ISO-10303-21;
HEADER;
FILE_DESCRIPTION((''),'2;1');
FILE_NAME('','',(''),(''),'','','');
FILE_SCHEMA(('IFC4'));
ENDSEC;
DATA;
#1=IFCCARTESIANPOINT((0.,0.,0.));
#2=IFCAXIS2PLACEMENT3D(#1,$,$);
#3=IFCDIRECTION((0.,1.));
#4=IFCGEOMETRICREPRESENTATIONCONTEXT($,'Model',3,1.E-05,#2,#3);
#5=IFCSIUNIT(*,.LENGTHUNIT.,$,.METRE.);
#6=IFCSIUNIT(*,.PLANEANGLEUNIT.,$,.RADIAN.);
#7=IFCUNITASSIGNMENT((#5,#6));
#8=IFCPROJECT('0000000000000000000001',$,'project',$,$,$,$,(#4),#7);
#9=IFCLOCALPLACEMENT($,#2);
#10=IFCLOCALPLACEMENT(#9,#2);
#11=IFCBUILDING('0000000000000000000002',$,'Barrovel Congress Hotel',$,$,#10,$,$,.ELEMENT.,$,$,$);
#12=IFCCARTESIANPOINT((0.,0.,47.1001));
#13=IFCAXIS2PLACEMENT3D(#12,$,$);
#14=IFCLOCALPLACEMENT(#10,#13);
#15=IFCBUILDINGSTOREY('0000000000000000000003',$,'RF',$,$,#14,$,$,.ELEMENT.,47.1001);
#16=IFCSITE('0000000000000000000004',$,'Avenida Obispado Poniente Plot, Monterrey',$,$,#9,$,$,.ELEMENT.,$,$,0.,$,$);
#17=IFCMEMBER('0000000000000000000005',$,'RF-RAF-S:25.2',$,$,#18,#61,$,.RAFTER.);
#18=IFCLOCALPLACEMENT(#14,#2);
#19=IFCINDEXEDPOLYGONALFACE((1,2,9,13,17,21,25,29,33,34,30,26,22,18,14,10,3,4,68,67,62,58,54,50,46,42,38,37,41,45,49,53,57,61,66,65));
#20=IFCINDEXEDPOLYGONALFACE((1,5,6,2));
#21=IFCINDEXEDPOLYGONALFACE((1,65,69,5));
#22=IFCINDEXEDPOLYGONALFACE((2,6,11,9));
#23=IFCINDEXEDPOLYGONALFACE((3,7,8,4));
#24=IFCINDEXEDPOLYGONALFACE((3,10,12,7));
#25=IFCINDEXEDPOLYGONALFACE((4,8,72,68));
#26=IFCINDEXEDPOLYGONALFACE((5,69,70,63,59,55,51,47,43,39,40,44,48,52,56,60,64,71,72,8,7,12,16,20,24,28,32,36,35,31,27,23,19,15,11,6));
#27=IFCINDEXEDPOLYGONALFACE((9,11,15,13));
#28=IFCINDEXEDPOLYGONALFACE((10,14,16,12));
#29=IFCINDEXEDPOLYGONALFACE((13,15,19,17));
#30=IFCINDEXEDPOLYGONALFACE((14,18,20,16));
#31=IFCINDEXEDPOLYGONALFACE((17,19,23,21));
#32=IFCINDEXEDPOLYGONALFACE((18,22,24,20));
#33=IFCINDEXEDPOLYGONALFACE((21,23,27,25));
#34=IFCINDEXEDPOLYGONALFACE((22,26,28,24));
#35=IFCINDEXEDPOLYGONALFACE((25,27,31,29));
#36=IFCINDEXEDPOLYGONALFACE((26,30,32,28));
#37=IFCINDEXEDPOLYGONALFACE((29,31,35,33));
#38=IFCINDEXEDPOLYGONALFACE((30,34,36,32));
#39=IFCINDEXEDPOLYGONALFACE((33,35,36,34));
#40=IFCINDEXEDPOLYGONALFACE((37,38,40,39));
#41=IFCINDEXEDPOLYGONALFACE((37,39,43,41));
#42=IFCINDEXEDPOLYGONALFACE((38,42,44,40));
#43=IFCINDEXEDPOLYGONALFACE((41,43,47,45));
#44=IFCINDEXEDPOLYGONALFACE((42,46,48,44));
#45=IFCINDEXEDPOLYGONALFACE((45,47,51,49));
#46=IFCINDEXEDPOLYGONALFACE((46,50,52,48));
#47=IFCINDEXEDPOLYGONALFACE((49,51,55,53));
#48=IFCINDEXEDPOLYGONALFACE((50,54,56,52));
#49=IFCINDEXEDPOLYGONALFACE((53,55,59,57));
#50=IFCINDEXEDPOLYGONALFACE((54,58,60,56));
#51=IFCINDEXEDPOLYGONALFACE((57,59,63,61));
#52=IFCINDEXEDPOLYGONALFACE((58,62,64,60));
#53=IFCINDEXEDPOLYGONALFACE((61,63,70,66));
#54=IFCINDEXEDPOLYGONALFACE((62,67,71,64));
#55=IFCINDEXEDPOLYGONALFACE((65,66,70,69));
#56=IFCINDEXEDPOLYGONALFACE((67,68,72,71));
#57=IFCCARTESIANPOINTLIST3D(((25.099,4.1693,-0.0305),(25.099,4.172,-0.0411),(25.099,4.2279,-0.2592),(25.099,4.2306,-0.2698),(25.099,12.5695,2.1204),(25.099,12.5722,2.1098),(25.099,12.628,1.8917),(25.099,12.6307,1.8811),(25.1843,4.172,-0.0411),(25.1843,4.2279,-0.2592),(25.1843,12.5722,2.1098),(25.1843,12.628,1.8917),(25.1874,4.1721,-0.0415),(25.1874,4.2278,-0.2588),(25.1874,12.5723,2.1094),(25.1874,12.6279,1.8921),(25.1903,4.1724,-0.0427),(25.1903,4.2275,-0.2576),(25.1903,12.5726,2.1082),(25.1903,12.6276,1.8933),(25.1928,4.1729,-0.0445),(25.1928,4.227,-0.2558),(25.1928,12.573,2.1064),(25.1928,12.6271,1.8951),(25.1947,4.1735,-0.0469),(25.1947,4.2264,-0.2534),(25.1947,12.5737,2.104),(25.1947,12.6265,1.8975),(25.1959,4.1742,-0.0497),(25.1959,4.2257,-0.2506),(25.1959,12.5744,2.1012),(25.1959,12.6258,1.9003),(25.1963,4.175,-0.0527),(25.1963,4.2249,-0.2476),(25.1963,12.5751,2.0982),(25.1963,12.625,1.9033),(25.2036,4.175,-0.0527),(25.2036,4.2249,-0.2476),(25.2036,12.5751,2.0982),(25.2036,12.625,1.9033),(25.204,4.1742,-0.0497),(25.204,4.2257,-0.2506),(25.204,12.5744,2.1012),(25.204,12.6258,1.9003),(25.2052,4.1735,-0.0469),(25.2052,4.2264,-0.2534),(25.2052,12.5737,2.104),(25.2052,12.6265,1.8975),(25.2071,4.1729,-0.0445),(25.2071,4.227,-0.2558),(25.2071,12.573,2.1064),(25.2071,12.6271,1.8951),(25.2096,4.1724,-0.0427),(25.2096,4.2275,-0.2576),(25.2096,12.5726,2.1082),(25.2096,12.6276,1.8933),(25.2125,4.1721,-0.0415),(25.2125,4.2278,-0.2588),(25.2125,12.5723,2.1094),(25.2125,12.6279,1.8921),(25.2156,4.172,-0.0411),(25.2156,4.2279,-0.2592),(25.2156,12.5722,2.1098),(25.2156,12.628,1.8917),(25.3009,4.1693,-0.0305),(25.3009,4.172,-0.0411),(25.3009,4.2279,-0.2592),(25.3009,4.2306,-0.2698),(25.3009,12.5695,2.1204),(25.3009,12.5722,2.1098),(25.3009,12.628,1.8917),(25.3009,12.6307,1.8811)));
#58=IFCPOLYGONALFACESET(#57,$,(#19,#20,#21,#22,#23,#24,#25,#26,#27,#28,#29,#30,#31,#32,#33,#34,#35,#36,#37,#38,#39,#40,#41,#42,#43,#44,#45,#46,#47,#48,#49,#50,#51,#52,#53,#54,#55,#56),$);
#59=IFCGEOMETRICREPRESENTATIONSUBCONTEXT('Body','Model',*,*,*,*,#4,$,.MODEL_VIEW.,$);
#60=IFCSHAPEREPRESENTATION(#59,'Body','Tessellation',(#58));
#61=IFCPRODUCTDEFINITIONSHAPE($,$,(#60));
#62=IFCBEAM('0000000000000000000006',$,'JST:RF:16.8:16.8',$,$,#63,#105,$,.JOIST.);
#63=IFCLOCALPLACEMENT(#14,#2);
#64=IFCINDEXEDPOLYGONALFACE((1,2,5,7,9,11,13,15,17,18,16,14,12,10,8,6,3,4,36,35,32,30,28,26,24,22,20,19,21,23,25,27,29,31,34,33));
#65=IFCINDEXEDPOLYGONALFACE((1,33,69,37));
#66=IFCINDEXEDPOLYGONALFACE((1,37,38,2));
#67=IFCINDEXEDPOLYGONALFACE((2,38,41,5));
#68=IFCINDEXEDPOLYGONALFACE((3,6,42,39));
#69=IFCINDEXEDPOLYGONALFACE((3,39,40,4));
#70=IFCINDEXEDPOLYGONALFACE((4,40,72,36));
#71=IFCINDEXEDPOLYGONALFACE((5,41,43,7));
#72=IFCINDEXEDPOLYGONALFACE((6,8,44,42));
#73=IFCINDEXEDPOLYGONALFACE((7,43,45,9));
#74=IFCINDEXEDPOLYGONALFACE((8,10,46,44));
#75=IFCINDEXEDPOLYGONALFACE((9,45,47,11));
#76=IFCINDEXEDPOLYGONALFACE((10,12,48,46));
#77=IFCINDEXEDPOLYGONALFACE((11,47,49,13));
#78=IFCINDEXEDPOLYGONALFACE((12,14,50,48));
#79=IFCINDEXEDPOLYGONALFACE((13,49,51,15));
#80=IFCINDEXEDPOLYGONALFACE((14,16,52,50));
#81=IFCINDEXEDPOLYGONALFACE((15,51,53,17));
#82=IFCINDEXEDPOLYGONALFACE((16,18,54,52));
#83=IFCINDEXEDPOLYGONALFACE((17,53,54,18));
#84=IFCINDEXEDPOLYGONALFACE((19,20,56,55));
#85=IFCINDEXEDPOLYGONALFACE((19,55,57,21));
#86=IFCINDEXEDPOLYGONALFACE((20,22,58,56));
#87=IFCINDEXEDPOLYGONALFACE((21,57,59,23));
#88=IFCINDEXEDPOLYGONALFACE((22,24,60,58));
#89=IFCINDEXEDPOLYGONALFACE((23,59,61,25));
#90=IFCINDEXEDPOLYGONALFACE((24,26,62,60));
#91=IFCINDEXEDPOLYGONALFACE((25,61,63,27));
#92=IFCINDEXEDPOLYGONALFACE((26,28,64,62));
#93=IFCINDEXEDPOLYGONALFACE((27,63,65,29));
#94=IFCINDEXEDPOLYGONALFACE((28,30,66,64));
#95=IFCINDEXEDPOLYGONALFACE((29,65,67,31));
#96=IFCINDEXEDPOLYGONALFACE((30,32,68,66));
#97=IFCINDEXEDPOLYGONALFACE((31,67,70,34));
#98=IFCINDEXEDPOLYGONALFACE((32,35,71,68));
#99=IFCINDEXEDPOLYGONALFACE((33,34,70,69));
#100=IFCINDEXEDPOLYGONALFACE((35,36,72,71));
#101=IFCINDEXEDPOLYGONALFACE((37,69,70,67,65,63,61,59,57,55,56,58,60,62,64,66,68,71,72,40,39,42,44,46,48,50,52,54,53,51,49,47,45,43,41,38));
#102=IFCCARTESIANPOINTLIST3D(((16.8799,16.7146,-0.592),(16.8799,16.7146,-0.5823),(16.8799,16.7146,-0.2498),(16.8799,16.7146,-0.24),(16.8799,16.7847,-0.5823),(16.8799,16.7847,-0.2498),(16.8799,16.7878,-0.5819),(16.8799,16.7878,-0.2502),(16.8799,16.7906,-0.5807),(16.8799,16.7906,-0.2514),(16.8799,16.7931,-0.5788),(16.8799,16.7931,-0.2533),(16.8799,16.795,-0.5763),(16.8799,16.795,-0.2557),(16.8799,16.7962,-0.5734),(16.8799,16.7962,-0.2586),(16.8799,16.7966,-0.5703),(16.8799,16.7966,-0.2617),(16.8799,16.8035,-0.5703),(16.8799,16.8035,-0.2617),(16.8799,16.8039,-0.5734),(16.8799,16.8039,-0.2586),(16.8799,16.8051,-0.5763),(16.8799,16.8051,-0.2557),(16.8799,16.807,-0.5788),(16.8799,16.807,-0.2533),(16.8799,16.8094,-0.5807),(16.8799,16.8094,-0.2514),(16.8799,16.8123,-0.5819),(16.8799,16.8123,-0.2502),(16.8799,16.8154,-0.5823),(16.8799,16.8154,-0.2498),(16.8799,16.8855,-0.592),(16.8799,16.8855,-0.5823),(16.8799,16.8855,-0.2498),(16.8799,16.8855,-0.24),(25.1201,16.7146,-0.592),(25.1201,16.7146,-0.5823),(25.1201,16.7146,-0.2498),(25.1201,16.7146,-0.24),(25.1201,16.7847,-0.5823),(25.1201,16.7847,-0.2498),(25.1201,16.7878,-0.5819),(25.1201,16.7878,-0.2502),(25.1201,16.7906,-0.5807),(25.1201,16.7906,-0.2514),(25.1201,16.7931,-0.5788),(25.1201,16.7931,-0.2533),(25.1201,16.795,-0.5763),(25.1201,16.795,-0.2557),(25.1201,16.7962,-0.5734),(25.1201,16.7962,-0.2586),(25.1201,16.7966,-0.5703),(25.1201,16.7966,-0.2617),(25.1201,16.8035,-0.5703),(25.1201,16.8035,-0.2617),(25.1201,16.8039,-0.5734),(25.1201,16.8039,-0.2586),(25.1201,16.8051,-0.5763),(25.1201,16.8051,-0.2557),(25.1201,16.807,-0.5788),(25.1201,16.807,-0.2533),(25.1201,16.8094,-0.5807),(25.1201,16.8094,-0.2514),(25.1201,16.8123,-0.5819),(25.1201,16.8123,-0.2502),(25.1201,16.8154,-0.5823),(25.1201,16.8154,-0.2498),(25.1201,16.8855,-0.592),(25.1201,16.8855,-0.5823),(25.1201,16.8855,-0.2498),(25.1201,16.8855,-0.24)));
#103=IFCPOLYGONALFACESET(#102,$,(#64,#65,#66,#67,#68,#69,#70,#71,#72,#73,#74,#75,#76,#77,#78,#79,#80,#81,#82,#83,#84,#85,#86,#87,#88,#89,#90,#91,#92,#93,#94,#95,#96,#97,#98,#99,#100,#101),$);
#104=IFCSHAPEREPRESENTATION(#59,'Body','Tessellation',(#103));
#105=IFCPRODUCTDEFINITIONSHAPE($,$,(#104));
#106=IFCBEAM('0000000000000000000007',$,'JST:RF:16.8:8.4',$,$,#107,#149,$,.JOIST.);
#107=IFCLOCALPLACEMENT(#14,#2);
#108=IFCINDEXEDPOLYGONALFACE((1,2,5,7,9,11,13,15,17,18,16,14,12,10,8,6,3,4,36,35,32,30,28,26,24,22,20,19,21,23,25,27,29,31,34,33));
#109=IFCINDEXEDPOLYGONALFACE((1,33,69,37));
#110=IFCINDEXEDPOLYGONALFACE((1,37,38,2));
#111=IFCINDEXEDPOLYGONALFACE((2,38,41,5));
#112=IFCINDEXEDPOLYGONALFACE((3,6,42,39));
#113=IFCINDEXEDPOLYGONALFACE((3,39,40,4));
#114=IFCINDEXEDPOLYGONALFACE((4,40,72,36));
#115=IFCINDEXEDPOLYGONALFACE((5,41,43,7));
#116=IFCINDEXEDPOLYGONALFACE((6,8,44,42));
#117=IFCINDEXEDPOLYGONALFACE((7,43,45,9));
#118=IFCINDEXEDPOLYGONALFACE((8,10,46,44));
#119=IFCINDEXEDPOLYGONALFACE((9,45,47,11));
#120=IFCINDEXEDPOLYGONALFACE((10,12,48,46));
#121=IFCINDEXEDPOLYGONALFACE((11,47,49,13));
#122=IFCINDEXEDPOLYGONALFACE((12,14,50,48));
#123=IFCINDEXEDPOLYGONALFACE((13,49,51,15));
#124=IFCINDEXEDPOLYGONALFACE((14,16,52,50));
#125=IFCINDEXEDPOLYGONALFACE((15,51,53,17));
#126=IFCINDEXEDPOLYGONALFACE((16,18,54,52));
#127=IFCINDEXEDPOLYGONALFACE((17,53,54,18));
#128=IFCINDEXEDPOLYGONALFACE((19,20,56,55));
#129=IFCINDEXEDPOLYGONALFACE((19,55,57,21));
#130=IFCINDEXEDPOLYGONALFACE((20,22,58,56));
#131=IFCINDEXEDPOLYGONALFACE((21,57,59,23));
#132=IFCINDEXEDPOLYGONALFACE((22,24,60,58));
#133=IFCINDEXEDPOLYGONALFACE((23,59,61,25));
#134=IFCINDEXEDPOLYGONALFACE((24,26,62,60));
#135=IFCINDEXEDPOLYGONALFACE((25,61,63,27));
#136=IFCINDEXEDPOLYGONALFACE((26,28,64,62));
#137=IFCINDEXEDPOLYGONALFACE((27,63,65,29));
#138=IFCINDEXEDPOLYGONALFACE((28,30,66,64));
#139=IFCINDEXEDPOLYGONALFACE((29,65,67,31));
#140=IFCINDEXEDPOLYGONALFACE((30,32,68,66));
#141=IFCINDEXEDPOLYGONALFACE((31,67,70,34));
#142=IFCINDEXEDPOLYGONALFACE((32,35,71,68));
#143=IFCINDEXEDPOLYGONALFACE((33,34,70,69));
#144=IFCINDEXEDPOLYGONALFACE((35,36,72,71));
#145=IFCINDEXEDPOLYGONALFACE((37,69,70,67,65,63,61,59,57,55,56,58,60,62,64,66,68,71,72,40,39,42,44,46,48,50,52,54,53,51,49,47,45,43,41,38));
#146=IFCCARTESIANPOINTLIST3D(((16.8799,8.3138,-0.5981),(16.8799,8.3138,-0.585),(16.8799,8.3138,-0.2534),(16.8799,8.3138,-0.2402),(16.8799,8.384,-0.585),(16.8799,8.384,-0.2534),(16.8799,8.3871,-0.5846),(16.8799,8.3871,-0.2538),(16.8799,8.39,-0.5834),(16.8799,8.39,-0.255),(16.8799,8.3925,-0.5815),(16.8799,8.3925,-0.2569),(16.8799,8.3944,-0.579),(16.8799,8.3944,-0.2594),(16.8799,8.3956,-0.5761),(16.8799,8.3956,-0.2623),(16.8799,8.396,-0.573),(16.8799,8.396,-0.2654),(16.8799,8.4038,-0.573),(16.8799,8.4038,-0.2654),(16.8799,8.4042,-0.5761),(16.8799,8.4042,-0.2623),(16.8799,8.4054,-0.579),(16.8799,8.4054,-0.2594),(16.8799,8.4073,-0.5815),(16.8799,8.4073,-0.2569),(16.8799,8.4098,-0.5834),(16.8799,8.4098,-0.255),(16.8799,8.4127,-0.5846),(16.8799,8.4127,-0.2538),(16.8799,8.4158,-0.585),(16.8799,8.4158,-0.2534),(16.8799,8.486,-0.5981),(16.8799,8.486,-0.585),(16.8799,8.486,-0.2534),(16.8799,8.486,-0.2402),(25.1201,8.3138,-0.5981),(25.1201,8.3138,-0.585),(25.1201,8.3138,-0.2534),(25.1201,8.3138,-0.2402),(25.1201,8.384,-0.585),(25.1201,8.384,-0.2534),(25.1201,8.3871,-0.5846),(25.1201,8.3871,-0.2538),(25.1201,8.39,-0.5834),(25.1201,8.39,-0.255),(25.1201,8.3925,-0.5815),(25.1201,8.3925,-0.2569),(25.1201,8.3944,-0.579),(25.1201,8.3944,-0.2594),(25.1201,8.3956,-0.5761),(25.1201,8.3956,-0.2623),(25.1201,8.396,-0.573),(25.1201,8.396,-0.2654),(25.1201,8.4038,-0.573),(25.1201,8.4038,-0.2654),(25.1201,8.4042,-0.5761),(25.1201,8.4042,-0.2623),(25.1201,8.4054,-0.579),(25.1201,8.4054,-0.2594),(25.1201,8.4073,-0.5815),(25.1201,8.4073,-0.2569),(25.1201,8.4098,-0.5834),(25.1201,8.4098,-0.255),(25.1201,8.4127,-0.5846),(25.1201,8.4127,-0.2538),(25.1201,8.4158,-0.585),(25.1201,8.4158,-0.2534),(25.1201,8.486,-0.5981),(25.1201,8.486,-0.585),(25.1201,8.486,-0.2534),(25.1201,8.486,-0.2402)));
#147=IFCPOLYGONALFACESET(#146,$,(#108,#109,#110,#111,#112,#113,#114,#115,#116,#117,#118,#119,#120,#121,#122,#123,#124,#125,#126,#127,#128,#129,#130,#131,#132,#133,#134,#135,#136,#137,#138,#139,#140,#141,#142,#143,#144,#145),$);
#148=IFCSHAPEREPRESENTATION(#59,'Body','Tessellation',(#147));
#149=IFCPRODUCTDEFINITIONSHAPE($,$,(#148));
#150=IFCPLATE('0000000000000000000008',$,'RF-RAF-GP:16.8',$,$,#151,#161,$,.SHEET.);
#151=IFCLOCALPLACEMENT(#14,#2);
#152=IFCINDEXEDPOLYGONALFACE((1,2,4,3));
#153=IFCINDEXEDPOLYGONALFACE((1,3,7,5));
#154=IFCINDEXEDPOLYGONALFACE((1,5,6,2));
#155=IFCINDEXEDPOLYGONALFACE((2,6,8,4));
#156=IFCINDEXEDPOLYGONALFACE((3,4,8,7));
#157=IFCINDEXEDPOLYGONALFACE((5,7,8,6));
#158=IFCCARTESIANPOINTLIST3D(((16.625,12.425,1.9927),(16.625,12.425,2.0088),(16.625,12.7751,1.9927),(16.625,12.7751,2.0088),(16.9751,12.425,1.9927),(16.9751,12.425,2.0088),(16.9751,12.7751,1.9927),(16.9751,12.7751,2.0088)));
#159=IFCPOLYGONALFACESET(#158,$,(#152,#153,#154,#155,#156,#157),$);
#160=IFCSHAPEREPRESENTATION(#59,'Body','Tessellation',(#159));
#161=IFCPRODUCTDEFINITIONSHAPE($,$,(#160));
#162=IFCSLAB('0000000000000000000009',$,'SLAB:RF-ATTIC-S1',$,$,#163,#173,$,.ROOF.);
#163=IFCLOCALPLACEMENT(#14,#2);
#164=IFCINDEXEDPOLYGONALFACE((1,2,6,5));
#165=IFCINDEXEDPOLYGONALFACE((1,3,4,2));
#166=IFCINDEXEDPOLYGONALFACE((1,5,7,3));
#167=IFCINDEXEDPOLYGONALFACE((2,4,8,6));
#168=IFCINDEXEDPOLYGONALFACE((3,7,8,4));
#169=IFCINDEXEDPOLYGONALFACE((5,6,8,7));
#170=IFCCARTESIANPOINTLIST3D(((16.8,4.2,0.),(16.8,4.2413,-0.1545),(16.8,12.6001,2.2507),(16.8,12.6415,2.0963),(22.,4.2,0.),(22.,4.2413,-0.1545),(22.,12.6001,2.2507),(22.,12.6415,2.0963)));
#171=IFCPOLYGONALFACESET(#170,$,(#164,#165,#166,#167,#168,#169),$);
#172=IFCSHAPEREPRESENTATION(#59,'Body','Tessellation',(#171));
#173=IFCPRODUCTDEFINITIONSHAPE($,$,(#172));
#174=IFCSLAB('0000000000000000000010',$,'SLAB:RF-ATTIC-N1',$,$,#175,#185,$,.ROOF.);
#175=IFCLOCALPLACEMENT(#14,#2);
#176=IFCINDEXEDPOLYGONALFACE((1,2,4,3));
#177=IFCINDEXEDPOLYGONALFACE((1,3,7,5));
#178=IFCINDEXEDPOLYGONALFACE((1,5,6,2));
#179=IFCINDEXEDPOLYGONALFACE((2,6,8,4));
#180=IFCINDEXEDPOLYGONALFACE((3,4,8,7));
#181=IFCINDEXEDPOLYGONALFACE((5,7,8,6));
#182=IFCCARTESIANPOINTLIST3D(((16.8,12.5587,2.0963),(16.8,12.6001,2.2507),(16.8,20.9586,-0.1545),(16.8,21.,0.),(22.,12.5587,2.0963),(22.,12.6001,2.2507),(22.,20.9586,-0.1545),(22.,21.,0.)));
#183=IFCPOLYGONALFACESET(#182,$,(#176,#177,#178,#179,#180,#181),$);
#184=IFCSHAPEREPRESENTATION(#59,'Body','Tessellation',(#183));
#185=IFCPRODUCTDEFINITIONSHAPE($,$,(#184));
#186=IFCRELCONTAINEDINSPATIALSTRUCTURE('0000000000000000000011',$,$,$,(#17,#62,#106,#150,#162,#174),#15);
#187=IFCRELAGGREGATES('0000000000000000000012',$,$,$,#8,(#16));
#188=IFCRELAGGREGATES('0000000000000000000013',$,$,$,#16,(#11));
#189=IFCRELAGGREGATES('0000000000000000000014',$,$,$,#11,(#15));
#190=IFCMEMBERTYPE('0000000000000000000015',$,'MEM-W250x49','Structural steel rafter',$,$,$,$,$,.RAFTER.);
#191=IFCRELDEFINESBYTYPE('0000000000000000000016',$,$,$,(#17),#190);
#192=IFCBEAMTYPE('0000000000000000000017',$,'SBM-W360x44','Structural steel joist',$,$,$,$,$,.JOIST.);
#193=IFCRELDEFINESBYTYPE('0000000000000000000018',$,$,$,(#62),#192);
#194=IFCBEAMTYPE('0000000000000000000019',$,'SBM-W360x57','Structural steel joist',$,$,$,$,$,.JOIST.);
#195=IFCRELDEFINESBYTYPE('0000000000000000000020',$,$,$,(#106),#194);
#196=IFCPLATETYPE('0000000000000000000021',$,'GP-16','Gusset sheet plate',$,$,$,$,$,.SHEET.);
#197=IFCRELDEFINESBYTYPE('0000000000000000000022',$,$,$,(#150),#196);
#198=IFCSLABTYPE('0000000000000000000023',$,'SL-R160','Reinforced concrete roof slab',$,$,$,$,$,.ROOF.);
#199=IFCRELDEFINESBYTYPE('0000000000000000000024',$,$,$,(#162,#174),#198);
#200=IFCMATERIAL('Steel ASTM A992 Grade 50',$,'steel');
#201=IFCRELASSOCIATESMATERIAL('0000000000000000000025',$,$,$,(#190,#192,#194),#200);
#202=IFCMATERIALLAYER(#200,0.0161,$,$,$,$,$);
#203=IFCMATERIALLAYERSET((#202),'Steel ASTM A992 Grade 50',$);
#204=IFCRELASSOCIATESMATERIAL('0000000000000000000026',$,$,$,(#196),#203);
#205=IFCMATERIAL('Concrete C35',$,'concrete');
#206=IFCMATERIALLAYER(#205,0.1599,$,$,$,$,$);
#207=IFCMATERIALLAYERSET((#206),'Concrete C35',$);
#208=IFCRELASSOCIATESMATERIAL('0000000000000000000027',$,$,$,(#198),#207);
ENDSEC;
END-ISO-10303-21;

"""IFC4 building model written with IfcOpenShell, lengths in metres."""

from ifc_helpers import new_model, si_unit, direction, frame, origin, origin_2d, place, context, subcontext, project, spatial, polyline, rectangle, i_section, outline, extrude, material, layer, layer_set, material_profile, profile_set, type_object, element, save


model = new_model("IFC4")

# Units and contexts
model_context = context("Model", 3, precision=1e-05, world=origin(), true_north=direction((0.0, 1.0)))
body_context = subcontext(model_context, "Body", "Model", "MODEL_VIEW")
ifc_project = project(units=[si_unit("LENGTHUNIT", "METRE"), si_unit("PLANEANGLEUNIT", "RADIAN")], contexts=[model_context])

# Site, building, storey
site_placement = place(None, origin())
site = spatial("IfcSite", under=ifc_project, at=site_placement, Name="Avenida Obispado Poniente Plot, Monterrey", CompositionType="ELEMENT", RefElevation=0.0)
building_placement = place(site_placement, origin())
building = spatial("IfcBuilding", under=site, at=building_placement, Name="Barrovel Congress Hotel", CompositionType="ELEMENT")
storey_placement = place(building_placement, frame((0.0, 0.0, 47.1001)))
storey = spatial("IfcBuildingStorey", under=building, at=storey_placement, Name="RF", CompositionType="ELEMENT", Elevation=47.1001)

# Member
ifc_material_1 = material(Name="Steel ASTM A992 Grade 50", Category="steel")
ifc_material_profile_1 = material_profile(ifc_material_1, i_section(OverallWidth=0.2019, OverallDepth=0.2471, WebThickness=0.0073, FlangeThickness=0.011, FilletRadius=0.012, at=origin_2d()), Name="W250x49")
ifc_profile_set_1 = profile_set([ifc_material_profile_1], Name="Steel ASTM A992 Grade 50")
member_type_1 = type_object("IfcMemberType", Name="MEM-W250x49", Description="Structural steel rafter", PredefinedType="RAFTER", material=ifc_profile_set_1)
member_1_placement = place(storey_placement, frame((25.2, 4.2, -0.1501), z_axis=(0.0, 0.968747, 0.24805), x_axis=(-1.0, 0.0, 0.0)))
element("IfcMember", 1, at=member_1_placement, inside=storey, type_object=member_type_1, Name="RF-RAF-S:25.2", PredefinedType="RAFTER", context=body_context, shape_type="SweptSolid", body=[
    extrude(i_section(OverallWidth=0.2019, OverallDepth=0.2471, WebThickness=0.0073, FlangeThickness=0.011, FilletRadius=0.012, at=origin_2d()), origin(), (0.0, 0.0, 1.0), 8.6711),
])

# Beams
ifc_material_profile_2 = material_profile(ifc_material_1, i_section(OverallWidth=0.1709, OverallDepth=0.3521, WebThickness=0.0068, FlangeThickness=0.0098, FilletRadius=0.012, at=origin_2d()), Name="W360x44")
ifc_profile_set_2 = profile_set([ifc_material_profile_2], Name="Steel ASTM A992 Grade 50")
beam_type_1 = type_object("IfcBeamType", Name="SBM-W360x44", Description="Structural steel joist", PredefinedType="JOIST", material=ifc_profile_set_2)
beam_1_placement = place(storey_placement, frame((16.8799, 16.8, -0.416), z_axis=(1.0, 0.0, 0.0), x_axis=(0.0, 1.0, 0.0)))
element("IfcBeam", 2, at=beam_1_placement, inside=storey, type_object=beam_type_1, Name="JST:RF:16.8:16.8", PredefinedType="JOIST", context=body_context, shape_type="SweptSolid", body=[
    extrude(i_section(OverallWidth=0.1709, OverallDepth=0.3521, WebThickness=0.0068, FlangeThickness=0.0098, FilletRadius=0.012, at=origin_2d()), origin(), (0.0, 0.0, 1.0), 8.2402),
])
ifc_material_profile_3 = material_profile(ifc_material_1, i_section(OverallWidth=0.1721, OverallDepth=0.3579, WebThickness=0.0078, FlangeThickness=0.0132, FilletRadius=0.012, at=origin_2d()), Name="W360x57")
ifc_profile_set_3 = profile_set([ifc_material_profile_3], Name="Steel ASTM A992 Grade 50")
beam_type_2 = type_object("IfcBeamType", Name="SBM-W360x57", Description="Structural steel joist", PredefinedType="JOIST", material=ifc_profile_set_3)
beam_2_placement = place(storey_placement, frame((16.8799, 8.3999, -0.4192), z_axis=(1.0, 0.0, 0.0), x_axis=(0.0, 1.0, 0.0)))
element("IfcBeam", 3, at=beam_2_placement, inside=storey, type_object=beam_type_2, Name="JST:RF:16.8:8.4", PredefinedType="JOIST", context=body_context, shape_type="SweptSolid", body=[
    extrude(i_section(OverallWidth=0.1721, OverallDepth=0.3579, WebThickness=0.0078, FlangeThickness=0.0132, FilletRadius=0.012, at=origin_2d()), origin(), (0.0, 0.0, 1.0), 8.2402),
])

# Plate
ifc_layer_1 = layer(ifc_material_1, 0.0161)
ifc_layer_set_1 = layer_set([ifc_layer_1], Name="Steel ASTM A992 Grade 50")
plate_type = type_object("IfcPlateType", Name="GP-16", Description="Gusset sheet plate", PredefinedType="SHEET", material=ifc_layer_set_1)
plate_placement = place(storey_placement, frame((16.8, 12.6001, 1.9927), z_axis=(0.0, 0.0, 1.0), x_axis=(1.0, 0.0, 0.0)))
element("IfcPlate", 4, at=plate_placement, inside=storey, type_object=plate_type, Name="RF-RAF-GP:16.8", PredefinedType="SHEET", context=body_context, shape_type="SweptSolid", body=[
    extrude(rectangle(XDim=0.3501, YDim=0.3501, at=origin_2d()), origin(), (0.0, 0.0, 1.0), 0.0161),
])

# Slabs
ifc_material_2 = material(Name="Concrete C35", Category="concrete")
ifc_layer_2 = layer(ifc_material_2, 0.1599)
ifc_layer_set_2 = layer_set([ifc_layer_2], Name="Concrete C35")
slab_type = type_object("IfcSlabType", Name="SL-R160", Description="Reinforced concrete roof slab", PredefinedType="ROOF", material=ifc_layer_set_2)
slab_1_placement = place(storey_placement, frame((16.8, 4.2, 0.0), z_axis=(0.0, -0.25881, 0.965928), x_axis=(1.0, 0.0, 0.0)))
element("IfcSlab", 5, at=slab_1_placement, inside=storey, type_object=slab_type, Name="SLAB:RF-ATTIC-S1", PredefinedType="ROOF", context=body_context, shape_type="SweptSolid", body=[
    extrude(outline(polyline([(0.0, 0.0), (5.2, 0.0), (5.2, 8.6965), (0.0, 8.6965), (0.0, 0.0)])), origin(), (0.0, 0.0, -1.0), 0.1599),
])
slab_2_placement = place(storey_placement, frame((16.8, 12.6001, 2.2507), z_axis=(0.0, 0.258817, 0.965926), x_axis=(1.0, 0.0, 0.0)))
element("IfcSlab", 6, at=slab_2_placement, inside=storey, type_object=slab_type, Name="SLAB:RF-ATTIC-N1", PredefinedType="ROOF", context=body_context, shape_type="SweptSolid", body=[
    extrude(outline(polyline([(0.0, 0.0), (5.2, 0.0), (5.2, 8.6962), (0.0, 8.6962), (0.0, 0.0)])), origin(), (0.0, 0.0, -1.0), 0.1599),
])

save(model, "model.ifc")
